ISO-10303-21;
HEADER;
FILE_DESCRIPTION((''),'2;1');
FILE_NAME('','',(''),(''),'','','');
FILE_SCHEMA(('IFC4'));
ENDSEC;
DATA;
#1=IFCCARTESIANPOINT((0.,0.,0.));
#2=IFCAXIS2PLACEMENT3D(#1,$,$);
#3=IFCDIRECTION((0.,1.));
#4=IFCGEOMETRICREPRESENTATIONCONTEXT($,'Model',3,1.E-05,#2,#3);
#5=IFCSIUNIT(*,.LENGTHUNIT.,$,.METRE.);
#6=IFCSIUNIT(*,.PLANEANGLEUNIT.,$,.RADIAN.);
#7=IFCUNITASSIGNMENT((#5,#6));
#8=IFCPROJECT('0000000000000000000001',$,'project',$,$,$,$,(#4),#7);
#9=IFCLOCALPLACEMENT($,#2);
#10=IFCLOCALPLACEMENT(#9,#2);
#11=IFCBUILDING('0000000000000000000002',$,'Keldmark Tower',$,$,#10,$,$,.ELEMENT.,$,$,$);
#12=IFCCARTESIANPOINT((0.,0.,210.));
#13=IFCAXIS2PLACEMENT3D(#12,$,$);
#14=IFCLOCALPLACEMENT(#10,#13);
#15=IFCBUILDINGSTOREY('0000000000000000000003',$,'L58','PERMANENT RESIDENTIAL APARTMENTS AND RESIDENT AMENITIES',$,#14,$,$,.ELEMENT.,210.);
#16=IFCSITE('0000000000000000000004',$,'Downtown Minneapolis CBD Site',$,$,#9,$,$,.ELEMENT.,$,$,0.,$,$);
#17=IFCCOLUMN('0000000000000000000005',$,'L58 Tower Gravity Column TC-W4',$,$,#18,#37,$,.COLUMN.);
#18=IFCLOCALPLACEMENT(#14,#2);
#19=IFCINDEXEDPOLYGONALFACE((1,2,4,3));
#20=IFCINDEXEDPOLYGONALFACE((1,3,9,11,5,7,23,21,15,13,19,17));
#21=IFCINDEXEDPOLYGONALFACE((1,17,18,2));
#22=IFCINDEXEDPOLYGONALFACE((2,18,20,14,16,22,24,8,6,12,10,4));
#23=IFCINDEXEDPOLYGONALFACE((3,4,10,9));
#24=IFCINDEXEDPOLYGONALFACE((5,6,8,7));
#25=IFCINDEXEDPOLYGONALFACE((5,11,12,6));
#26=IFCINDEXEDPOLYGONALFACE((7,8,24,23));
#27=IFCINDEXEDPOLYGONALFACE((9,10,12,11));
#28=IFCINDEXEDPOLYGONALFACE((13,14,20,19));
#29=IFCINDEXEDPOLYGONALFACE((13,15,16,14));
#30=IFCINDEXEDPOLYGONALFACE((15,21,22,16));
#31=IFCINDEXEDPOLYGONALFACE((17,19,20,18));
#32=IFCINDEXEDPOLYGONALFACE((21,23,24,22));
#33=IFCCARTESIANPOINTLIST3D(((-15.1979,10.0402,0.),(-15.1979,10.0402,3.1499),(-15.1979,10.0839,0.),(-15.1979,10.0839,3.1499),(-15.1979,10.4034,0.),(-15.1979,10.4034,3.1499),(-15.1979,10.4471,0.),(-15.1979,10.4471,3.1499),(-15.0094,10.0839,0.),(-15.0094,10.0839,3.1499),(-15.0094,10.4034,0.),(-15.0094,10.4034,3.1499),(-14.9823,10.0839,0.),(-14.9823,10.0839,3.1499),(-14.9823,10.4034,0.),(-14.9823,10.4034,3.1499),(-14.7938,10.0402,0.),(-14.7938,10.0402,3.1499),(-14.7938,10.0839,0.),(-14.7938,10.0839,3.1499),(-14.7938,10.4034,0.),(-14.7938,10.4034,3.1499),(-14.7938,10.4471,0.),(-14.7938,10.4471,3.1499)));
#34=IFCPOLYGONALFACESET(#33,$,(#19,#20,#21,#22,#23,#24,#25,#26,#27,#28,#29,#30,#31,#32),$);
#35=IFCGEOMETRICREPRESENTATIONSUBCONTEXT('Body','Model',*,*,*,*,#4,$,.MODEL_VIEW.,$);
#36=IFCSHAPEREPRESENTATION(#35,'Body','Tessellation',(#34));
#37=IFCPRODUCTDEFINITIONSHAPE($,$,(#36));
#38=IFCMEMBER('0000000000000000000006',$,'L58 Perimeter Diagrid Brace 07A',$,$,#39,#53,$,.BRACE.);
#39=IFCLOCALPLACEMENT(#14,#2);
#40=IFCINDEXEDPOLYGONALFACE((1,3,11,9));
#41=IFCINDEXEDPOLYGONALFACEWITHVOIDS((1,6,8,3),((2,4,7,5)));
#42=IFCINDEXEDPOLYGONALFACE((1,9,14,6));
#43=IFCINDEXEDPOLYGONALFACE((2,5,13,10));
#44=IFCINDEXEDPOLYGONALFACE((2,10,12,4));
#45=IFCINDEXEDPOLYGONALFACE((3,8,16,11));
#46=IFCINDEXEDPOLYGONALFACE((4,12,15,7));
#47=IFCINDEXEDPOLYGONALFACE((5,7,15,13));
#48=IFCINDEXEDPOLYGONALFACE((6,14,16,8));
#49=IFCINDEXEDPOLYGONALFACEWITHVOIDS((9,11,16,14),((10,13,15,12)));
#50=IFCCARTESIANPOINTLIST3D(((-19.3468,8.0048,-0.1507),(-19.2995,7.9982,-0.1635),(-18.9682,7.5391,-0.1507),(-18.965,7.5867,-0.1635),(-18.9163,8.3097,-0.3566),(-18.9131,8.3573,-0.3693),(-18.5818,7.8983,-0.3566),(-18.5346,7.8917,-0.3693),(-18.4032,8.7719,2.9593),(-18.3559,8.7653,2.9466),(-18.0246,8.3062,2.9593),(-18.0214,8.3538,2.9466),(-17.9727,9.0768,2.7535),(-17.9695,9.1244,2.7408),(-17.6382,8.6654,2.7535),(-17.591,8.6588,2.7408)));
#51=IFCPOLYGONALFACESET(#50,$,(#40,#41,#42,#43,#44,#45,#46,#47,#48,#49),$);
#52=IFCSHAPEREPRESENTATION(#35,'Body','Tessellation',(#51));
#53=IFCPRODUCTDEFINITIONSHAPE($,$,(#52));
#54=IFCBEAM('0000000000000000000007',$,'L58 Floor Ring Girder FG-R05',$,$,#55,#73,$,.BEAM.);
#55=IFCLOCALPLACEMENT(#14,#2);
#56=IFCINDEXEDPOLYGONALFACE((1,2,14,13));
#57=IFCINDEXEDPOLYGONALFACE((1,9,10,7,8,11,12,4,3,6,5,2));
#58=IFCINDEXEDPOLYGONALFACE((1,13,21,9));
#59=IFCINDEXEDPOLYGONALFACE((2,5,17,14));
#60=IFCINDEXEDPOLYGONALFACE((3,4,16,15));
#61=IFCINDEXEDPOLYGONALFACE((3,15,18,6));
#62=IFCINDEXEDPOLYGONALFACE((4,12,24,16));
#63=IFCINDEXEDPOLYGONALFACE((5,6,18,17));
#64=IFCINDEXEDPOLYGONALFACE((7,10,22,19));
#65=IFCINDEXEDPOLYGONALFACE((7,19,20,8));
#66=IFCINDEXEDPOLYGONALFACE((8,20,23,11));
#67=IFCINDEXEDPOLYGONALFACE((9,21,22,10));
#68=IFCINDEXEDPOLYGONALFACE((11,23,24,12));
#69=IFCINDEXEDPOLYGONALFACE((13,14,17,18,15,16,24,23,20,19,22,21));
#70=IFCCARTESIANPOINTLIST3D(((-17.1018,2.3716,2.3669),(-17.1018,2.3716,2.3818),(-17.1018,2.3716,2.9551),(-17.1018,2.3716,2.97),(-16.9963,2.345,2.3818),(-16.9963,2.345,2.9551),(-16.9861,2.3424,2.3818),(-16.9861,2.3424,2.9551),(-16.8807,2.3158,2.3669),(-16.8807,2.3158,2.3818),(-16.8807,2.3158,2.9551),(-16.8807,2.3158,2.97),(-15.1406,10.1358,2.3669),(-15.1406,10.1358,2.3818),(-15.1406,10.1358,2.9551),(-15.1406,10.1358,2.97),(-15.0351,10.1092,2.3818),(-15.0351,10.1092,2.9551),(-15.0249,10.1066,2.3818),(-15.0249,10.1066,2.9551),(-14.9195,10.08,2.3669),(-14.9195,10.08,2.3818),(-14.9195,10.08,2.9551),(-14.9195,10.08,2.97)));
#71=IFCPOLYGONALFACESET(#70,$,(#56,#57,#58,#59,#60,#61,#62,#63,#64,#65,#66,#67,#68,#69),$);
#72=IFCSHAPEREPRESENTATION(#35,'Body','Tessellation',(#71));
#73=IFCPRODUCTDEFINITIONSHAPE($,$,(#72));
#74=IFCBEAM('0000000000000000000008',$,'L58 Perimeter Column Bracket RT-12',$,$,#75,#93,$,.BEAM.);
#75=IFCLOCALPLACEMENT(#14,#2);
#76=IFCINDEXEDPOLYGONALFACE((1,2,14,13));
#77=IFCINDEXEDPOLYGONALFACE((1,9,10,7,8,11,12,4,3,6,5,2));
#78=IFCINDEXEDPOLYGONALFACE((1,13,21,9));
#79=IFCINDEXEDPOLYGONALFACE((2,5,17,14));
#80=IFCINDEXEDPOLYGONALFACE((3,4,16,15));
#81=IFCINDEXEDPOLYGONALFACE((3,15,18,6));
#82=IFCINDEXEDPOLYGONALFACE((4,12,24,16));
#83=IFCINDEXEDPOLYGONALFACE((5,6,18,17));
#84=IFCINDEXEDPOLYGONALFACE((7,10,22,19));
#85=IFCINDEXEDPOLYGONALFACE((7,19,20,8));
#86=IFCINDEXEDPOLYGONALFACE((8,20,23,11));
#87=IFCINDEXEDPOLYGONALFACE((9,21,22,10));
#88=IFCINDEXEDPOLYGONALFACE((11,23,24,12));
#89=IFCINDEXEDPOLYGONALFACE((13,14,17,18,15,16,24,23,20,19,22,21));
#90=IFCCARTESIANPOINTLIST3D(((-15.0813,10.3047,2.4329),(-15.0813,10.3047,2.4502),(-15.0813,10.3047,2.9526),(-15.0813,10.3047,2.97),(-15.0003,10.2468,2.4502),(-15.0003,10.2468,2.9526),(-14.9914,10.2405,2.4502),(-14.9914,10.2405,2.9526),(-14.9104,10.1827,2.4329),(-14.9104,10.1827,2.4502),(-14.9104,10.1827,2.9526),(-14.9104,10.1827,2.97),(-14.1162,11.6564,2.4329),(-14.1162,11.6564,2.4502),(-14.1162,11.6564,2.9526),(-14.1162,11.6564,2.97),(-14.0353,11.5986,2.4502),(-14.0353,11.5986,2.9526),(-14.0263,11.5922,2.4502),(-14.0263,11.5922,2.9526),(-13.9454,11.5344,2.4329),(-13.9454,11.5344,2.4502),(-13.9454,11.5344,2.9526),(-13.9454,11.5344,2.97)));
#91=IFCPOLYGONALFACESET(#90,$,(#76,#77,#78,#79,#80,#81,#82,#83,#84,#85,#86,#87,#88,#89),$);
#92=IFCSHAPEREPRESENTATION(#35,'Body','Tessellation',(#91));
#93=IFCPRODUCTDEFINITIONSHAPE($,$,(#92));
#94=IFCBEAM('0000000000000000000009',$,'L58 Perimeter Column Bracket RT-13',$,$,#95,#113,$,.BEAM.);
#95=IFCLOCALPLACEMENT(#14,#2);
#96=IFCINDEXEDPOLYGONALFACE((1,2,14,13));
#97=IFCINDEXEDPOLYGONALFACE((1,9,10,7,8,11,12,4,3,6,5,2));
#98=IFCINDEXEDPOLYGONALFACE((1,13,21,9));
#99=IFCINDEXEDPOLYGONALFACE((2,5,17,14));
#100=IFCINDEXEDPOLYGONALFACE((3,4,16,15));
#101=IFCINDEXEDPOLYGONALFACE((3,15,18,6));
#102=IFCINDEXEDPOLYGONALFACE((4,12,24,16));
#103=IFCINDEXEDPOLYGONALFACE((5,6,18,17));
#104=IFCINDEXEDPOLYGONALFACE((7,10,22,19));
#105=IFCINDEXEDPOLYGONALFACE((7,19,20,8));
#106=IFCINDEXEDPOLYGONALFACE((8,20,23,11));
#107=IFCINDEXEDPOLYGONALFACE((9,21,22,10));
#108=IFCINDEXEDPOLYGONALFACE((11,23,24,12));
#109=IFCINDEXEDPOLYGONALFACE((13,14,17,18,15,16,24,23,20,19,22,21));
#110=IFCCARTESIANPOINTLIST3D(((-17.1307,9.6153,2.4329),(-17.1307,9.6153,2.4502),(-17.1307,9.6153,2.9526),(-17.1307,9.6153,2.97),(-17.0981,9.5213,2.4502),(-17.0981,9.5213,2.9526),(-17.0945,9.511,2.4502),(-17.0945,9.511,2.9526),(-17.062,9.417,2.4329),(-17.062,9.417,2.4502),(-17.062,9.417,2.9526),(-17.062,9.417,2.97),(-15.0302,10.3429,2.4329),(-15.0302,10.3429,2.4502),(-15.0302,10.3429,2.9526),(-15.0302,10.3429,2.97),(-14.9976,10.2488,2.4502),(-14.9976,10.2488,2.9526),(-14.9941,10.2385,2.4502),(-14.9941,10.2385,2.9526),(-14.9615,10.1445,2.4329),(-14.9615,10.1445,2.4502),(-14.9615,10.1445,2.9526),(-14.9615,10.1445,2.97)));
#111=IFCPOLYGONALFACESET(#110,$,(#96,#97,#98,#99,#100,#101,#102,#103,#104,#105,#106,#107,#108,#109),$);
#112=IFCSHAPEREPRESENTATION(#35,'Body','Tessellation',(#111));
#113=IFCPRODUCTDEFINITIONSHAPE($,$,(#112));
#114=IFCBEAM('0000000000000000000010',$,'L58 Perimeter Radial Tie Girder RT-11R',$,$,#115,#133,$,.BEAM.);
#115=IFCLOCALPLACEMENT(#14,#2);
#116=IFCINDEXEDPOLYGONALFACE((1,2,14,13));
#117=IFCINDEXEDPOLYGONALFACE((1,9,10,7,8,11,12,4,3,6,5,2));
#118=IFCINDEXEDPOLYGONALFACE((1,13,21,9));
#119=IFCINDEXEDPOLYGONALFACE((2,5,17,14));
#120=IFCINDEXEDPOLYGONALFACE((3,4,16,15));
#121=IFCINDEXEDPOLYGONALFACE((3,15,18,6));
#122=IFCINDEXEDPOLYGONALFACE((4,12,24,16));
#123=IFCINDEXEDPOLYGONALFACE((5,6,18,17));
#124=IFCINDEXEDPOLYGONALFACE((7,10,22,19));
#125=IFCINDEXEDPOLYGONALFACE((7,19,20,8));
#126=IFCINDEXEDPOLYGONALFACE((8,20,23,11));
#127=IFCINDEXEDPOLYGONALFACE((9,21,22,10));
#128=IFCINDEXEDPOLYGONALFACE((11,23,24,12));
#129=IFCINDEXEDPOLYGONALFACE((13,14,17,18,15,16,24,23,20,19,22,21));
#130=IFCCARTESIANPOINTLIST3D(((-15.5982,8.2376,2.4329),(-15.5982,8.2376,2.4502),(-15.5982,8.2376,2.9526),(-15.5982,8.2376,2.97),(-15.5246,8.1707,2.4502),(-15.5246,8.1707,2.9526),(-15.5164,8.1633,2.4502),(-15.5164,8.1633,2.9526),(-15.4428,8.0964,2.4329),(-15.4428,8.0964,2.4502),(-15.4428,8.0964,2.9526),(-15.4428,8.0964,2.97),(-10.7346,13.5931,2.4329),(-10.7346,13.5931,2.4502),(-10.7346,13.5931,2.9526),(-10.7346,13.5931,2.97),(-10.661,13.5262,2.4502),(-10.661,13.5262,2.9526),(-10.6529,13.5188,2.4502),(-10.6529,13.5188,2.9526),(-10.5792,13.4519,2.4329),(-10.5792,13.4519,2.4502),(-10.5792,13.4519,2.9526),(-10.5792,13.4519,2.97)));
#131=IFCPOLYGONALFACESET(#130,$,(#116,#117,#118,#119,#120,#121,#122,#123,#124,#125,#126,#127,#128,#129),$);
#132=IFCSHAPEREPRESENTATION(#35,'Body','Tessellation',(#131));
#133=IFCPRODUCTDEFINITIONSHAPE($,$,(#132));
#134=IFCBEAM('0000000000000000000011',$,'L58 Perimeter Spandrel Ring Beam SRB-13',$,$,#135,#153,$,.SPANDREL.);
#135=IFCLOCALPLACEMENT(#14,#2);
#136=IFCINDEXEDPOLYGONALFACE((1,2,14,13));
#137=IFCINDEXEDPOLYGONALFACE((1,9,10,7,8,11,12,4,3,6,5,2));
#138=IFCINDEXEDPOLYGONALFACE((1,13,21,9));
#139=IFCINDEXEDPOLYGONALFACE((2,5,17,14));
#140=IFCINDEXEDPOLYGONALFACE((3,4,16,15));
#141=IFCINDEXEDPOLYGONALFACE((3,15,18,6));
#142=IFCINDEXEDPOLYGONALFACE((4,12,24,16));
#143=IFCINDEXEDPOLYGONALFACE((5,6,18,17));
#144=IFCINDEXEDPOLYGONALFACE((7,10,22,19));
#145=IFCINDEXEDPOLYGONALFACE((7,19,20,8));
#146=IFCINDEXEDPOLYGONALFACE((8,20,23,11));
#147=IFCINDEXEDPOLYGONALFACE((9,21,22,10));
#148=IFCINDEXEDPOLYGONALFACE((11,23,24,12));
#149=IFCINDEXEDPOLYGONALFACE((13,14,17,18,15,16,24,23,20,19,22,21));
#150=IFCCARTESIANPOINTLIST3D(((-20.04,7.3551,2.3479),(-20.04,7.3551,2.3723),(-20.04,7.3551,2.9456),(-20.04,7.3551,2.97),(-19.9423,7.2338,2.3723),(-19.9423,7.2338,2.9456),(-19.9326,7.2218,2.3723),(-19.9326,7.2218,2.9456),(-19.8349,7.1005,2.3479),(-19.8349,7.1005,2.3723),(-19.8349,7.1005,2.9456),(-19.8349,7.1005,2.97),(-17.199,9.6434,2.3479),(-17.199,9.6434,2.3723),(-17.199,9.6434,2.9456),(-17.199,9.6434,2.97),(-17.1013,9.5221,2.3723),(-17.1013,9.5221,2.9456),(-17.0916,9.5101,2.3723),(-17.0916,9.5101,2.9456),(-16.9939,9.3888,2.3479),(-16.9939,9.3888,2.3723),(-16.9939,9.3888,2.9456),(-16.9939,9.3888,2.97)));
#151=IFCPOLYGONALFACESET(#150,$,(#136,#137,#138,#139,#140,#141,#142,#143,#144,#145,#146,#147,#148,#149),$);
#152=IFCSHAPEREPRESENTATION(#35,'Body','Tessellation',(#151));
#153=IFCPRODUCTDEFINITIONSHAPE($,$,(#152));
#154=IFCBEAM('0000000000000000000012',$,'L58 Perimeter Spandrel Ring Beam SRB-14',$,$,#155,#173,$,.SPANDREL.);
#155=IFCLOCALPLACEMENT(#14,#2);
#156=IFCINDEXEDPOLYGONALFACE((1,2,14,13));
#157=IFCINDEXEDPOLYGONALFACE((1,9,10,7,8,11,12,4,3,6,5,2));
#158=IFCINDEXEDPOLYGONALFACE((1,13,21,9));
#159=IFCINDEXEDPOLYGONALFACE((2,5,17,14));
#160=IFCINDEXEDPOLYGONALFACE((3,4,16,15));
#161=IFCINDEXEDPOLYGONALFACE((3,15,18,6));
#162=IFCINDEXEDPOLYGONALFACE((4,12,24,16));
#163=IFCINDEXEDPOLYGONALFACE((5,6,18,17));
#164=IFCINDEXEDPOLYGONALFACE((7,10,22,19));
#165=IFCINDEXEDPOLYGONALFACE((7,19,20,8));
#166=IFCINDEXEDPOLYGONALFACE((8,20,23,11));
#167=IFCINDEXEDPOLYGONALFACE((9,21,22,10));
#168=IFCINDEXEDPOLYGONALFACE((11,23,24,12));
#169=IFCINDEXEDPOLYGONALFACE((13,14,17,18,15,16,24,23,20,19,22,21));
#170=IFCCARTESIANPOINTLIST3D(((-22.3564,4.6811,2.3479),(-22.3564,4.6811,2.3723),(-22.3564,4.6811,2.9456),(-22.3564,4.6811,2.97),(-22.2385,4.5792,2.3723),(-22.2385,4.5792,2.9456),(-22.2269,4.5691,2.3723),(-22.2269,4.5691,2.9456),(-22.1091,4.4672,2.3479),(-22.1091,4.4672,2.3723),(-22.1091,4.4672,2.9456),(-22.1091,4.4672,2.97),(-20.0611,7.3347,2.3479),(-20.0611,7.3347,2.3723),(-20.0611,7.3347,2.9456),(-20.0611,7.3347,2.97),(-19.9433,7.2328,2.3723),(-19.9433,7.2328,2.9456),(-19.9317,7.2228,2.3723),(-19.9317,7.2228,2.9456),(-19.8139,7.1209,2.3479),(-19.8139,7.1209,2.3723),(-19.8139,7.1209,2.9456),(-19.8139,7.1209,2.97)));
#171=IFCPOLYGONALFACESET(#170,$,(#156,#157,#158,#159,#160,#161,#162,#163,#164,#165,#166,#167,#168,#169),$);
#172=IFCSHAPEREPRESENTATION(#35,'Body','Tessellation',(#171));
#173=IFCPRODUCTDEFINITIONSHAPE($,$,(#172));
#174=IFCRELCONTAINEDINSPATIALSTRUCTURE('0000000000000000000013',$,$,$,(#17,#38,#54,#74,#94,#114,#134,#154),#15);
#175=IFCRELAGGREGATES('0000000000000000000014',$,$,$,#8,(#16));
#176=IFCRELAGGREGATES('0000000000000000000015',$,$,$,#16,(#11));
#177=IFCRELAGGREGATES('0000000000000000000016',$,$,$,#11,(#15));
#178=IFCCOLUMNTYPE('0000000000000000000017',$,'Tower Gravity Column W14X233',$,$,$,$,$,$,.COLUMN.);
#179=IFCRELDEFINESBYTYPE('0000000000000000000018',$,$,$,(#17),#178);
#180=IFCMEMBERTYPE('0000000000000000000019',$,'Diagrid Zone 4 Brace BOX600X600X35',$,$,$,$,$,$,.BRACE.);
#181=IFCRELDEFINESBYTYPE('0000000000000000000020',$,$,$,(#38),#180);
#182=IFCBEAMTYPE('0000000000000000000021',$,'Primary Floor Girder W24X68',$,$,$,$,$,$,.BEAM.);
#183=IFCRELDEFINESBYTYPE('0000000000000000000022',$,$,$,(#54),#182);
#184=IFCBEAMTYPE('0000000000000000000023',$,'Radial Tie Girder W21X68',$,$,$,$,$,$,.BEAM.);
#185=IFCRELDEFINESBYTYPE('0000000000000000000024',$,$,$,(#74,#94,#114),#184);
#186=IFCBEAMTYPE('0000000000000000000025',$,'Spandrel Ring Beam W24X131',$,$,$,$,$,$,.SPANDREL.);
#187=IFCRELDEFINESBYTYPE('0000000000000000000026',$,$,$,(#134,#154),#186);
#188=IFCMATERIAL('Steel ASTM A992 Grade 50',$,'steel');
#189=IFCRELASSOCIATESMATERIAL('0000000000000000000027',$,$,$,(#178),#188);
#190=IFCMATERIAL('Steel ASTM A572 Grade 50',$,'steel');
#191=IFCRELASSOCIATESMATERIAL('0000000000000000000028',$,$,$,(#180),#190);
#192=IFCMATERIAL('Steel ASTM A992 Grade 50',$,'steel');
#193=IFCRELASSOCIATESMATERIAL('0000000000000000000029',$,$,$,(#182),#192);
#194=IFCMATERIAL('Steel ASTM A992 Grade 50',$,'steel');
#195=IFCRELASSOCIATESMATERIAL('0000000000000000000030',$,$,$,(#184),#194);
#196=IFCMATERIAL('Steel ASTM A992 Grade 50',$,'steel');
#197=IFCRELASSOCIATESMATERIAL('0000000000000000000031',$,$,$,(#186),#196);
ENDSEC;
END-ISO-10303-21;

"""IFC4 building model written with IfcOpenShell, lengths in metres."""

from ifc_helpers import new_model, si_unit, direction, frame, origin, origin_2d, place, context, subcontext, project, spatial, hollow_rectangle, i_section, extrude, material, material_profile, profile_set, type_object, element, save


model = new_model("IFC4")

# Units and contexts
model_context = context("Model", 3, precision=1e-05, world=origin(), true_north=direction((0.0, 1.0)))
body_context = subcontext(model_context, "Body", "Model", "MODEL_VIEW")
ifc_project = project(units=[si_unit("LENGTHUNIT", "METRE"), si_unit("PLANEANGLEUNIT", "RADIAN")], contexts=[model_context])

# Site, building, storey
site_placement = place(None, origin())
site = spatial("IfcSite", under=ifc_project, at=site_placement, Name="Downtown Minneapolis CBD Site", CompositionType="ELEMENT", RefElevation=0.0)
building_placement = place(site_placement, origin())
building = spatial("IfcBuilding", under=site, at=building_placement, Name="Keldmark Tower", CompositionType="ELEMENT")
storey_placement = place(building_placement, frame((0.0, 0.0, 210.0)))
storey = spatial("IfcBuildingStorey", under=building, at=storey_placement, Name="L58", Description="PERMANENT RESIDENTIAL APARTMENTS AND RESIDENT AMENITIES", CompositionType="ELEMENT", Elevation=210.0)

# Column
ifc_material_1 = material(Name="Steel ASTM A992 Grade 50", Category="steel")
ifc_material_profile_1 = material_profile(ifc_material_1, i_section(OverallWidth=0.4041, OverallDepth=0.407, WebThickness=0.0271, FlangeThickness=0.0437, at=origin_2d()), Name="W14X233")
ifc_profile_set_1 = profile_set([ifc_material_profile_1], Name="Steel ASTM A992 Grade 50")
column_type = type_object("IfcColumnType", Name="Tower Gravity Column W14X233", PredefinedType="COLUMN", material=ifc_profile_set_1)
column_placement = place(storey_placement, frame((-14.9958, 10.2437, 0.0), z_axis=(0.0, 0.0, 1.0), x_axis=(1.0, 0.0, 0.0)))
element("IfcColumn", 1, at=column_placement, inside=storey, type_object=column_type, Name="L58 Tower Gravity Column TC-W4", PredefinedType="COLUMN", context=body_context, shape_type="SweptSolid", body=[
    extrude(i_section(OverallWidth=0.4041, OverallDepth=0.407, WebThickness=0.0271, FlangeThickness=0.0437, at=origin_2d()), origin(), (0.0, 0.0, 1.0), 3.1499),
])

# Member
ifc_material_2 = material(Name="Steel ASTM A572 Grade 50", Category="steel")
ifc_material_profile_2 = material_profile(ifc_material_2, hollow_rectangle(XDim=0.6001, YDim=0.6001, WallThickness=0.0349, at=origin_2d()), Name="BOX600X600X35")
ifc_profile_set_2 = profile_set([ifc_material_profile_2], Name="Steel ASTM A572 Grade 50")
member_type = type_object("IfcMemberType", Name="Diagrid Zone 4 Brace BOX600X600X35", PredefinedType="BRACE", material=ifc_profile_set_2)
member_placement = place(storey_placement, frame((-18.9407, 7.9482, -0.26), z_axis=(0.282567, 0.229709, 0.931338), x_axis=(-0.630797, 0.775948, 0.0)))
element("IfcMember", 2, at=member_placement, inside=storey, type_object=member_type, Name="L58 Perimeter Diagrid Brace 07A", PredefinedType="BRACE", context=body_context, shape_type="SweptSolid", body=[
    extrude(hollow_rectangle(XDim=0.6001, YDim=0.6001, WallThickness=0.0349, at=origin_2d()), origin(), (0.0, 0.0, 1.0), 3.3394),
])

# Beams
ifc_material_3 = material(Name="Steel ASTM A992 Grade 50", Category="steel")
ifc_material_profile_3 = material_profile(ifc_material_3, i_section(OverallWidth=0.228, OverallDepth=0.603, WebThickness=0.0105, FlangeThickness=0.0149, at=origin_2d()), Name="W24X68")
ifc_profile_set_3 = profile_set([ifc_material_profile_3], Name="Steel ASTM A992 Grade 50")
beam_type_1 = type_object("IfcBeamType", Name="Primary Floor Girder W24X68", PredefinedType="BEAM", material=ifc_profile_set_3)
beam_1_placement = place(storey_placement, frame((-15.03, 10.1079, 2.6685), z_axis=(-0.244902, -0.969548, 0.0), x_axis=(0.969548, -0.244902, 0.0)))
element("IfcBeam", 3, at=beam_1_placement, inside=storey, type_object=beam_type_1, Name="L58 Floor Ring Girder FG-R05", PredefinedType="BEAM", context=body_context, shape_type="SweptSolid", body=[
    extrude(i_section(OverallWidth=0.228, OverallDepth=0.603, WebThickness=0.0105, FlangeThickness=0.0149, at=origin_2d()), origin(), (0.0, 0.0, 1.0), 8.0081),
])
ifc_material_4 = material(Name="Steel ASTM A992 Grade 50", Category="steel")
ifc_material_profile_4 = material_profile(ifc_material_4, i_section(OverallWidth=0.21, OverallDepth=0.5371, WebThickness=0.011, FlangeThickness=0.0173, at=origin_2d()), Name="W21X68")
ifc_profile_set_4 = profile_set([ifc_material_profile_4], Name="Steel ASTM A992 Grade 50")
beam_type_2 = type_object("IfcBeamType", Name="Radial Tie Girder W21X68", PredefinedType="BEAM", material=ifc_profile_set_4)
beam_2_placement = place(storey_placement, frame((-14.9958, 10.2437, 2.7014), z_axis=(0.581044, 0.813872, 0.0), x_axis=(-0.813872, 0.581044, 0.0)))
element("IfcBeam", 4, at=beam_2_placement, inside=storey, type_object=beam_type_2, Name="L58 Perimeter Column Bracket RT-12", PredefinedType="BEAM", context=body_context, shape_type="SweptSolid", body=[
    extrude(i_section(OverallWidth=0.21, OverallDepth=0.5371, WebThickness=0.011, FlangeThickness=0.0173, at=origin_2d()), origin(), (0.0, 0.0, 1.0), 1.6609),
])
beam_3_placement = place(storey_placement, frame((-14.9958, 10.2437, 2.7014), z_axis=(-0.944929, -0.327277, 0.0), x_axis=(0.327277, -0.944929, 0.0)))
element("IfcBeam", 5, at=beam_3_placement, inside=storey, type_object=beam_type_2, Name="L58 Perimeter Column Bracket RT-13", PredefinedType="BEAM", context=body_context, shape_type="SweptSolid", body=[
    extrude(i_section(OverallWidth=0.21, OverallDepth=0.5371, WebThickness=0.011, FlangeThickness=0.0173, at=origin_2d()), origin(), (0.0, 0.0, 1.0), 2.2229),
])
beam_4_placement = place(storey_placement, frame((-15.5205, 8.167, 2.7014), z_axis=(0.672288, 0.74029, 0.0), x_axis=(-0.74029, 0.672288, 0.0)))
element("IfcBeam", 6, at=beam_4_placement, inside=storey, type_object=beam_type_2, Name="L58 Perimeter Radial Tie Girder RT-11R", PredefinedType="BEAM", context=body_context, shape_type="SweptSolid", body=[
    extrude(i_section(OverallWidth=0.21, OverallDepth=0.5371, WebThickness=0.011, FlangeThickness=0.0173, at=origin_2d()), origin(), (0.0, 0.0, 1.0), 7.2344),
])
ifc_material_5 = material(Name="Steel ASTM A992 Grade 50", Category="steel")
ifc_material_profile_5 = material_profile(ifc_material_5, i_section(OverallWidth=0.3269, OverallDepth=0.6221, WebThickness=0.0154, FlangeThickness=0.0244, at=origin_2d()), Name="W24X131")
ifc_profile_set_5 = profile_set([ifc_material_profile_5], Name="Steel ASTM A992 Grade 50")
beam_type_3 = type_object("IfcBeamType", Name="Spandrel Ring Beam W24X131", PredefinedType="SPANDREL", material=ifc_profile_set_5)
beam_5_placement = place(storey_placement, frame((-17.0964, 9.5161, 2.6589), z_axis=(-0.778795, -0.627279, 0.0), x_axis=(0.627279, -0.778795, 0.0)))
element("IfcBeam", 7, at=beam_5_placement, inside=storey, type_object=beam_type_3, Name="L58 Perimeter Spandrel Ring Beam SRB-13", PredefinedType="SPANDREL", context=body_context, shape_type="SweptSolid", body=[
    extrude(i_section(OverallWidth=0.3269, OverallDepth=0.6221, WebThickness=0.0154, FlangeThickness=0.0244, at=origin_2d()), origin(), (0.0, 0.0, 1.0), 3.6479),
])
beam_6_placement = place(storey_placement, frame((-19.9375, 7.2278, 2.6589), z_axis=(-0.654183, -0.756336, 0.0), x_axis=(0.756336, -0.654183, 0.0)))
element("IfcBeam", 8, at=beam_6_placement, inside=storey, type_object=beam_type_3, Name="L58 Perimeter Spandrel Ring Beam SRB-14", PredefinedType="SPANDREL", context=body_context, shape_type="SweptSolid", body=[
    extrude(i_section(OverallWidth=0.3269, OverallDepth=0.6221, WebThickness=0.0154, FlangeThickness=0.0244, at=origin_2d()), origin(), (0.0, 0.0, 1.0), 3.5085),
])

save(model, "model.ifc")
